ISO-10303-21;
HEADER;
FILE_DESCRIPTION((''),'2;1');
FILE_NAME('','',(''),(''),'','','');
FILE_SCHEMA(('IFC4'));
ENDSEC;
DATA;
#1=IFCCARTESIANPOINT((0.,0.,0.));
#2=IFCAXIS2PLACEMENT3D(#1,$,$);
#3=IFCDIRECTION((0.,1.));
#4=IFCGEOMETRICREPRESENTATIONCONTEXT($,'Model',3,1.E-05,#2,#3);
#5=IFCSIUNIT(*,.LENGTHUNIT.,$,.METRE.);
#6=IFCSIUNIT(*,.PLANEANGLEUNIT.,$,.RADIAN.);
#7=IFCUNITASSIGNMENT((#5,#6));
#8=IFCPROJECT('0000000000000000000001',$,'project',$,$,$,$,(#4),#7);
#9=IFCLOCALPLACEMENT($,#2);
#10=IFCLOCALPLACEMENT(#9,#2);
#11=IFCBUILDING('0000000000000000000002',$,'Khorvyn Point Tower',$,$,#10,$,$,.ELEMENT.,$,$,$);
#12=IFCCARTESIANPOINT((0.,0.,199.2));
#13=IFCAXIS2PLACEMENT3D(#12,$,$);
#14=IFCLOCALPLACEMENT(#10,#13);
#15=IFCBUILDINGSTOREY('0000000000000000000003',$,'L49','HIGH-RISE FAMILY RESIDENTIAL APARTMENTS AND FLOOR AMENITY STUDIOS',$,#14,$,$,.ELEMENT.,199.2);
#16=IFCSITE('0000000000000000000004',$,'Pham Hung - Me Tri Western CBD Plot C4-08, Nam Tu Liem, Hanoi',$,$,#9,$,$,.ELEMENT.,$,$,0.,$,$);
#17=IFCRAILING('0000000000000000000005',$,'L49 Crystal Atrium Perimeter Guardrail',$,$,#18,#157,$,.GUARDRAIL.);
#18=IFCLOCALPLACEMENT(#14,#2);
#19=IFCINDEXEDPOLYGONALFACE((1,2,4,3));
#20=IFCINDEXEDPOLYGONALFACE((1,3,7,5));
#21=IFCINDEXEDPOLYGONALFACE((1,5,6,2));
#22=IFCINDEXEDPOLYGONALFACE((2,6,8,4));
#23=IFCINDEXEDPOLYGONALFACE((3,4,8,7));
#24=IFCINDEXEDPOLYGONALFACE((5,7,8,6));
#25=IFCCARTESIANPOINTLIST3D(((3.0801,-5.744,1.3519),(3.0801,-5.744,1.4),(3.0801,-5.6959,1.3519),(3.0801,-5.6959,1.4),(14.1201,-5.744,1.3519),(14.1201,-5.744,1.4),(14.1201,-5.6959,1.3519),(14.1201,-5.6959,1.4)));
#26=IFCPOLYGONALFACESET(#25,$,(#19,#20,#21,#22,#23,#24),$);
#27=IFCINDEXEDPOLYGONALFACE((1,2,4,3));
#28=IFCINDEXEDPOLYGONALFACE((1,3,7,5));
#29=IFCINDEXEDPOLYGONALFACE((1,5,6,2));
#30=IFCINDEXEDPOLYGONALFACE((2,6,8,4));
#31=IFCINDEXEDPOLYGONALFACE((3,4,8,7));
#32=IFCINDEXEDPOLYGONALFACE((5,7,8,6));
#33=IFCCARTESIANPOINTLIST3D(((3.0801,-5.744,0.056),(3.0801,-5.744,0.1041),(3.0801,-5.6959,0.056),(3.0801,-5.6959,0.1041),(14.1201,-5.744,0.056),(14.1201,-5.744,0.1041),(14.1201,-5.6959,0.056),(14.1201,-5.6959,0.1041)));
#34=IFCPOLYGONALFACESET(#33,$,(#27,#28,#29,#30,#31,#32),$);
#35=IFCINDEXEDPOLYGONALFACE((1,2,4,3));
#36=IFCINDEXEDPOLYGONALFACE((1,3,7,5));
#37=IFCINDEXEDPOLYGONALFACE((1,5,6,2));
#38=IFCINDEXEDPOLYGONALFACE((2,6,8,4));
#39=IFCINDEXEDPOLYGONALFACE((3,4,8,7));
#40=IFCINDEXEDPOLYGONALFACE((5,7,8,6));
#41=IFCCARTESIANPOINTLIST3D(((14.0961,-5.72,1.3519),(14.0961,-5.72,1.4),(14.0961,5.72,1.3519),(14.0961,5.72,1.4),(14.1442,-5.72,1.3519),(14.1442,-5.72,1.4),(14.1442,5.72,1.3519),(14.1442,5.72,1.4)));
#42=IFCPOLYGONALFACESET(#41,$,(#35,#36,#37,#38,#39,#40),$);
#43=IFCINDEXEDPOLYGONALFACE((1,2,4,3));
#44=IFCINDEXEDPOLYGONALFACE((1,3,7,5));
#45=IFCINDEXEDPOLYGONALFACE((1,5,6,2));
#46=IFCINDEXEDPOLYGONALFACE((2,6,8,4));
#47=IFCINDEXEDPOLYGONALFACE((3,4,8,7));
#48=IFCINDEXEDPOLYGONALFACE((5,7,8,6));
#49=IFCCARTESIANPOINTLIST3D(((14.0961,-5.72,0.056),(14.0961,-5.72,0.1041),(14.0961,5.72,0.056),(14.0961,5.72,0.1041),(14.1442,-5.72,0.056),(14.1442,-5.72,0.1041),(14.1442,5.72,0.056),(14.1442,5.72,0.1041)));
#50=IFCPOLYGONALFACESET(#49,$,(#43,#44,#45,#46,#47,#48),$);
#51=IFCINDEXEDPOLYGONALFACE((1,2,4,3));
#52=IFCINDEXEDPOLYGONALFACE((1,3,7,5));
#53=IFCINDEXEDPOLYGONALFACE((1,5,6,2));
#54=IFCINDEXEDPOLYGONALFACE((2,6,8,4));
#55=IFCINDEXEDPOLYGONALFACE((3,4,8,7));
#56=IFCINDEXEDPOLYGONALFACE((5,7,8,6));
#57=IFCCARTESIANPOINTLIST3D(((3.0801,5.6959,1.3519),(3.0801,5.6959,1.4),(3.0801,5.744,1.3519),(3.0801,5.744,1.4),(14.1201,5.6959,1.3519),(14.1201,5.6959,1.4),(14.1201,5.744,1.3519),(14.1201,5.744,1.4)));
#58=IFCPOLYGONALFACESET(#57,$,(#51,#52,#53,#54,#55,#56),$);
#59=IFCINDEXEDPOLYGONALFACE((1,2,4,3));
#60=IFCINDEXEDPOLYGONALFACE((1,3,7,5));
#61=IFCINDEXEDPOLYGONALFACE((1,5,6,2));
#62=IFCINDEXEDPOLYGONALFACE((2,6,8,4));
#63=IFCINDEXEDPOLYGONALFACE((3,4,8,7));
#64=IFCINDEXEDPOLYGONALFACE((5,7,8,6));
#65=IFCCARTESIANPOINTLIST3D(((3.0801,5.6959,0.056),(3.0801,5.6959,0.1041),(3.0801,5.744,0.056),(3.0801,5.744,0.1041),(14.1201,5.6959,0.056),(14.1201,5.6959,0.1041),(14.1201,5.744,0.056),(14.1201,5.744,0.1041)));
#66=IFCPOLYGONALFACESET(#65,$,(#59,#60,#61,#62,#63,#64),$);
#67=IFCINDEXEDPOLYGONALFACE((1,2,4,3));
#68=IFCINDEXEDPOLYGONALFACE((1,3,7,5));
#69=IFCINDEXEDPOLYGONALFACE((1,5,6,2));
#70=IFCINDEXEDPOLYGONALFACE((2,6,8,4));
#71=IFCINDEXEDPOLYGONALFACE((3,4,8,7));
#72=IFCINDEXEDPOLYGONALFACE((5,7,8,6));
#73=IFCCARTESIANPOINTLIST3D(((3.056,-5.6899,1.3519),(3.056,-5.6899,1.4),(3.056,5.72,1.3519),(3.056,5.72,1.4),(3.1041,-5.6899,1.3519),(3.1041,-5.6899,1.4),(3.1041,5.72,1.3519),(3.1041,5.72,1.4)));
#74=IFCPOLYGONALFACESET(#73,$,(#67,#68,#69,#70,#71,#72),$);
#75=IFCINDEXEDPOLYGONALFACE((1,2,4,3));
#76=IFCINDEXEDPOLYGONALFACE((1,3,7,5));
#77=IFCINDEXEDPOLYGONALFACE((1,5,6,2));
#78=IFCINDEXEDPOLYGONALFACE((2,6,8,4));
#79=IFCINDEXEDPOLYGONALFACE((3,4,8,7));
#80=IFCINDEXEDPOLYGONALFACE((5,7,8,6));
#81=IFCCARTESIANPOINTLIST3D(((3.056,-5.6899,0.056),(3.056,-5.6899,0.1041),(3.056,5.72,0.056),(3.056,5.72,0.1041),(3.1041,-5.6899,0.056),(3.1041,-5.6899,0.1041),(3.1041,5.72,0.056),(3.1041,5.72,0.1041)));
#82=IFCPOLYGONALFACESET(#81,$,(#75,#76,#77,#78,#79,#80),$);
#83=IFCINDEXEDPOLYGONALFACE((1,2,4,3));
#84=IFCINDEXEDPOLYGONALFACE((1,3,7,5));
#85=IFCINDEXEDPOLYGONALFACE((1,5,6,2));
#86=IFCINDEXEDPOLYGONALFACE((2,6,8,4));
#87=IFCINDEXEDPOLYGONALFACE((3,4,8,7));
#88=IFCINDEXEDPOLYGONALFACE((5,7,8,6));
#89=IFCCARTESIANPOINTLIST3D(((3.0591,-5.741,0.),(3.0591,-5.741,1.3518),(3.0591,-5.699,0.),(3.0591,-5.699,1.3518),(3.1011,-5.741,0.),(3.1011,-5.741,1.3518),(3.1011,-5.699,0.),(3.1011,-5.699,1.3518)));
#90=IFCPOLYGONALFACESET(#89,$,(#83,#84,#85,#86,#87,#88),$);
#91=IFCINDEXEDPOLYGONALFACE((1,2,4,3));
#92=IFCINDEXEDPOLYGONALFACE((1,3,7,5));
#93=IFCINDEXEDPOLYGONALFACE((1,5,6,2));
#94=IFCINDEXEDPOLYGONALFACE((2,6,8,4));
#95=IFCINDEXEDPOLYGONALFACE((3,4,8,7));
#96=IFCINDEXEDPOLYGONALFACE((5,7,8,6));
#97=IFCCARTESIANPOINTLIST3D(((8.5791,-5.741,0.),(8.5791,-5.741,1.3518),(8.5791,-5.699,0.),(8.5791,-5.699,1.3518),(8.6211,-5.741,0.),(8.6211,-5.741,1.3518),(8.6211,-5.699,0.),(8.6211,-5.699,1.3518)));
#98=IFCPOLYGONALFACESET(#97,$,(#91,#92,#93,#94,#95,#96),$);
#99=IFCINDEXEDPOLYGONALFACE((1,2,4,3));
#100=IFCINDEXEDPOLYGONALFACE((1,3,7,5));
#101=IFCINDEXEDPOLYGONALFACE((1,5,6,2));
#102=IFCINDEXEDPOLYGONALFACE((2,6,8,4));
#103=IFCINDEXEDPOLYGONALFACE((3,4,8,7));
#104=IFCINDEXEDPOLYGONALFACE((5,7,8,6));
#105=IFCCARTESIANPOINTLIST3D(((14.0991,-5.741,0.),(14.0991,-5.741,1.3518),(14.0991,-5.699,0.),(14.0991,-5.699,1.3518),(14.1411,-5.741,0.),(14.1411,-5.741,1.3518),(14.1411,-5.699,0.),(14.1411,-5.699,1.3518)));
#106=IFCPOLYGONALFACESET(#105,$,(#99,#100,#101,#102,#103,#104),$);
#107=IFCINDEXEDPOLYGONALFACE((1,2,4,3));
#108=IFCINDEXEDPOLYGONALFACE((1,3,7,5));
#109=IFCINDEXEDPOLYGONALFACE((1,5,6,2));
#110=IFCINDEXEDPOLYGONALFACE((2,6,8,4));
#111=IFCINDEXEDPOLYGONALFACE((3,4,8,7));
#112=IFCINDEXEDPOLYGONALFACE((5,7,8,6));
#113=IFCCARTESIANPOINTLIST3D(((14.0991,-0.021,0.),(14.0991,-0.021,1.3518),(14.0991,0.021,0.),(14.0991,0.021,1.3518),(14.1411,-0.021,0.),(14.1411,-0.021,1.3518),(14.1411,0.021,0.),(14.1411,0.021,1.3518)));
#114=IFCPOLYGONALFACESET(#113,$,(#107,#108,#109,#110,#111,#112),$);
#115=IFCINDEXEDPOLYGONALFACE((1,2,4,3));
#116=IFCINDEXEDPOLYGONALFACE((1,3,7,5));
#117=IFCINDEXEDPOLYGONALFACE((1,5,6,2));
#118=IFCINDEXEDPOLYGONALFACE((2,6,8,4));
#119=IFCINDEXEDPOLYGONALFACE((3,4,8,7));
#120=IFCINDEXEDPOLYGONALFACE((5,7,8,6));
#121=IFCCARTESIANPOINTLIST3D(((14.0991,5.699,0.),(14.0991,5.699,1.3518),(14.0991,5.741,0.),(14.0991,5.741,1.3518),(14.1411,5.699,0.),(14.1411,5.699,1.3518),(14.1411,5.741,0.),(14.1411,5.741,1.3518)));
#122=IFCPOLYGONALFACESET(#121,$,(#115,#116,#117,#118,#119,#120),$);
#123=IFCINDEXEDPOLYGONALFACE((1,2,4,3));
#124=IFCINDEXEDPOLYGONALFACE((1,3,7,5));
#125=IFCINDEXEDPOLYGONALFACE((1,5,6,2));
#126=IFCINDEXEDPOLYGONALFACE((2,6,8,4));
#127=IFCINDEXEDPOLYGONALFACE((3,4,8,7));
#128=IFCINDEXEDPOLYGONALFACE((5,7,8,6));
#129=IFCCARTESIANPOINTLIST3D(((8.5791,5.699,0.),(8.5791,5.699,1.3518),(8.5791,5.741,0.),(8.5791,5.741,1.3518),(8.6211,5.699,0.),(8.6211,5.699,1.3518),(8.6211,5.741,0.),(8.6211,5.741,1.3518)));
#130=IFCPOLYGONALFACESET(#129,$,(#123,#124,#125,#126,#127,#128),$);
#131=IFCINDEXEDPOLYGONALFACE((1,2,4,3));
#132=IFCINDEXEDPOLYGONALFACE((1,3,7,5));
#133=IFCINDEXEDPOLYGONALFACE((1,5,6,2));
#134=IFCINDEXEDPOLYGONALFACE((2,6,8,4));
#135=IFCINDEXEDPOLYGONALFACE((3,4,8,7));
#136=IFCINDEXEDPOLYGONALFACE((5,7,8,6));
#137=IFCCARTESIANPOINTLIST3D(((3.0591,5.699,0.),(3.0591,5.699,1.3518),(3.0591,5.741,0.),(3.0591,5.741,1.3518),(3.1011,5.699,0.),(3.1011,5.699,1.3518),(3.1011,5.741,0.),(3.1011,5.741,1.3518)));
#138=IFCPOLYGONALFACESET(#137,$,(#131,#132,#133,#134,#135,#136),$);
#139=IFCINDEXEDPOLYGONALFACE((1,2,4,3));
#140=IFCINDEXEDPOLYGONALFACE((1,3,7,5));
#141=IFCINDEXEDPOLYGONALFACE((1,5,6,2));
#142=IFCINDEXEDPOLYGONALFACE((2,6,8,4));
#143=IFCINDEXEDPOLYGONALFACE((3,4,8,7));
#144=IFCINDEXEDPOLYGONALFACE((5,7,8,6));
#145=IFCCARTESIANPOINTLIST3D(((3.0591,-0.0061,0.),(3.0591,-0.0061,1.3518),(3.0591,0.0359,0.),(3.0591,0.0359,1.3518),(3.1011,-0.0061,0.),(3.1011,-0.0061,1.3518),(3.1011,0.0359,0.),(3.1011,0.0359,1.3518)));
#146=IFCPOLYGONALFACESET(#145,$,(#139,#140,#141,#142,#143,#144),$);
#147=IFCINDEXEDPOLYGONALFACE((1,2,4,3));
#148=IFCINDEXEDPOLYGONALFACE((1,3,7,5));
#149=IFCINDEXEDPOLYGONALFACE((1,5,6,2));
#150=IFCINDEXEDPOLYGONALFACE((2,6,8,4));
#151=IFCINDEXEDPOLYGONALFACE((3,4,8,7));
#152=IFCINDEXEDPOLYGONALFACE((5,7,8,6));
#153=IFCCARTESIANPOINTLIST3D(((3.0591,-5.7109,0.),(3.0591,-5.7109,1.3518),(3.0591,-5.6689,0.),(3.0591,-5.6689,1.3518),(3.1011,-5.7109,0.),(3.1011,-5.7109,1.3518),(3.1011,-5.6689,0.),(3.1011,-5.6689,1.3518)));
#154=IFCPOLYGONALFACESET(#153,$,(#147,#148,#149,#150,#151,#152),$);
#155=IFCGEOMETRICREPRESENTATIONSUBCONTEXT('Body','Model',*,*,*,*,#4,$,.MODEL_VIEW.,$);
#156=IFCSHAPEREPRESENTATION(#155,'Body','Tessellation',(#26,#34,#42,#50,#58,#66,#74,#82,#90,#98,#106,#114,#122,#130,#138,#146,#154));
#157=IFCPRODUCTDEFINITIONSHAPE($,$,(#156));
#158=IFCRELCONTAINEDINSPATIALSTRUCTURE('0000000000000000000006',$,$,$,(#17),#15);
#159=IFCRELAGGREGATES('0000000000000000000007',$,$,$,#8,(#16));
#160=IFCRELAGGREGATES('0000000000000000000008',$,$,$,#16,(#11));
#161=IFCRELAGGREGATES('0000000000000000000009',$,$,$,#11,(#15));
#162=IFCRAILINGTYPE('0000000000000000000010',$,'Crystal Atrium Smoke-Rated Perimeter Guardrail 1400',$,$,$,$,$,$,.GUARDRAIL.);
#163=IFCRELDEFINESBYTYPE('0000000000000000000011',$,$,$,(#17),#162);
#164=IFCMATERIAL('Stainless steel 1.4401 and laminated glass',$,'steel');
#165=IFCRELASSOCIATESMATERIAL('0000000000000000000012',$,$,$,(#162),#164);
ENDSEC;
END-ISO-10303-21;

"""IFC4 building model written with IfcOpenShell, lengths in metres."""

from ifc_helpers import new_model, si_unit, direction, frame, origin, origin_2d, place, context, subcontext, project, spatial, rectangle, extrude, material, type_object, element, save


model = new_model("IFC4")

# Units and contexts
model_context = context("Model", 3, precision=1e-05, world=origin(), true_north=direction((0.0, 1.0)))
body_context = subcontext(model_context, "Body", "Model", "MODEL_VIEW")
ifc_project = project(units=[si_unit("LENGTHUNIT", "METRE"), si_unit("PLANEANGLEUNIT", "RADIAN")], contexts=[model_context])

# Site, building, storey
site_placement = place(None, origin())
site = spatial("IfcSite", under=ifc_project, at=site_placement, Name="Pham Hung - Me Tri Western CBD Plot C4-08, Nam Tu Liem, Hanoi", CompositionType="ELEMENT", RefElevation=0.0)
building_placement = place(site_placement, origin())
building = spatial("IfcBuilding", under=site, at=building_placement, Name="Khorvyn Point Tower", CompositionType="ELEMENT")
storey_placement = place(building_placement, frame((0.0, 0.0, 199.2)))
storey = spatial("IfcBuildingStorey", under=building, at=storey_placement, Name="L49", Description="HIGH-RISE FAMILY RESIDENTIAL APARTMENTS AND FLOOR AMENITY STUDIOS", CompositionType="ELEMENT", Elevation=199.2)

# Railing
ifc_material_1 = material(Name="Stainless steel 1.4401 and laminated glass", Category="steel")
railing_type = type_object("IfcRailingType", Name="Crystal Atrium Smoke-Rated Perimeter Guardrail 1400", PredefinedType="GUARDRAIL", material=ifc_material_1)
railing_placement = place(storey_placement, frame((3.0801, -5.72, 0.0)))
element("IfcRailing", 1, at=railing_placement, inside=storey, type_object=railing_type, Name="L49 Crystal Atrium Perimeter Guardrail", PredefinedType="GUARDRAIL", context=body_context, shape_type="SweptSolid", body=[
    extrude(rectangle(XDim=0.0481, YDim=0.0481, at=origin_2d()), frame((0.0, 0.0, 1.376), z_axis=(1.0, 0.0, 0.0), x_axis=(0.0, 1.0, 0.0)), (0.0, 0.0, 1.0), 11.04),
    extrude(rectangle(XDim=0.0481, YDim=0.0481, at=origin_2d()), frame((0.0, 0.0, 0.0801), z_axis=(1.0, 0.0, 0.0), x_axis=(0.0, 1.0, 0.0)), (0.0, 0.0, 1.0), 11.04),
    extrude(rectangle(XDim=0.0481, YDim=0.0481, at=origin_2d()), frame((11.04, 0.0, 1.376), z_axis=(0.0, 1.0, 0.0), x_axis=(-1.0, 0.0, 0.0)), (0.0, 0.0, 1.0), 11.4399),
    extrude(rectangle(XDim=0.0481, YDim=0.0481, at=origin_2d()), frame((11.04, 0.0, 0.0801), z_axis=(0.0, 1.0, 0.0), x_axis=(-1.0, 0.0, 0.0)), (0.0, 0.0, 1.0), 11.4399),
    extrude(rectangle(XDim=0.0481, YDim=0.0481, at=origin_2d()), frame((11.04, 11.4399, 1.376), z_axis=(-1.0, 0.0, 0.0), x_axis=(0.0, -1.0, 0.0)), (0.0, 0.0, 1.0), 11.04),
    extrude(rectangle(XDim=0.0481, YDim=0.0481, at=origin_2d()), frame((11.04, 11.4399, 0.0801), z_axis=(-1.0, 0.0, 0.0), x_axis=(0.0, -1.0, 0.0)), (0.0, 0.0, 1.0), 11.04),
    extrude(rectangle(XDim=0.0481, YDim=0.0481, at=origin_2d()), frame((0.0, 11.4399, 1.376), z_axis=(0.0, -1.0, 0.0), x_axis=(1.0, 0.0, 0.0)), (0.0, 0.0, 1.0), 11.4099),
    extrude(rectangle(XDim=0.0481, YDim=0.0481, at=origin_2d()), frame((0.0, 11.4399, 0.0801), z_axis=(0.0, -1.0, 0.0), x_axis=(1.0, 0.0, 0.0)), (0.0, 0.0, 1.0), 11.4099),
    extrude(rectangle(XDim=0.042, YDim=0.042, at=origin_2d()), origin(), (0.0, 0.0, 1.0), 1.3518),
    extrude(rectangle(XDim=0.042, YDim=0.042, at=origin_2d()), frame((5.52, 0.0, 0.0)), (0.0, 0.0, 1.0), 1.3518),
    extrude(rectangle(XDim=0.042, YDim=0.042, at=origin_2d()), frame((11.04, 0.0, 0.0)), (0.0, 0.0, 1.0), 1.3518),
    extrude(rectangle(XDim=0.042, YDim=0.042, at=origin_2d()), frame((11.04, 5.72, 0.0)), (0.0, 0.0, 1.0), 1.3518),
    extrude(rectangle(XDim=0.042, YDim=0.042, at=origin_2d()), frame((11.04, 11.4399, 0.0)), (0.0, 0.0, 1.0), 1.3518),
    extrude(rectangle(XDim=0.042, YDim=0.042, at=origin_2d()), frame((5.52, 11.4399, 0.0)), (0.0, 0.0, 1.0), 1.3518),
    extrude(rectangle(XDim=0.042, YDim=0.042, at=origin_2d()), frame((0.0, 11.4399, 0.0)), (0.0, 0.0, 1.0), 1.3518),
    extrude(rectangle(XDim=0.042, YDim=0.042, at=origin_2d()), frame((0.0, 5.7349, 0.0)), (0.0, 0.0, 1.0), 1.3518),
    extrude(rectangle(XDim=0.042, YDim=0.042, at=origin_2d()), frame((0.0, 0.03, 0.0)), (0.0, 0.0, 1.0), 1.3518),
])

save(model, "model.ifc")
